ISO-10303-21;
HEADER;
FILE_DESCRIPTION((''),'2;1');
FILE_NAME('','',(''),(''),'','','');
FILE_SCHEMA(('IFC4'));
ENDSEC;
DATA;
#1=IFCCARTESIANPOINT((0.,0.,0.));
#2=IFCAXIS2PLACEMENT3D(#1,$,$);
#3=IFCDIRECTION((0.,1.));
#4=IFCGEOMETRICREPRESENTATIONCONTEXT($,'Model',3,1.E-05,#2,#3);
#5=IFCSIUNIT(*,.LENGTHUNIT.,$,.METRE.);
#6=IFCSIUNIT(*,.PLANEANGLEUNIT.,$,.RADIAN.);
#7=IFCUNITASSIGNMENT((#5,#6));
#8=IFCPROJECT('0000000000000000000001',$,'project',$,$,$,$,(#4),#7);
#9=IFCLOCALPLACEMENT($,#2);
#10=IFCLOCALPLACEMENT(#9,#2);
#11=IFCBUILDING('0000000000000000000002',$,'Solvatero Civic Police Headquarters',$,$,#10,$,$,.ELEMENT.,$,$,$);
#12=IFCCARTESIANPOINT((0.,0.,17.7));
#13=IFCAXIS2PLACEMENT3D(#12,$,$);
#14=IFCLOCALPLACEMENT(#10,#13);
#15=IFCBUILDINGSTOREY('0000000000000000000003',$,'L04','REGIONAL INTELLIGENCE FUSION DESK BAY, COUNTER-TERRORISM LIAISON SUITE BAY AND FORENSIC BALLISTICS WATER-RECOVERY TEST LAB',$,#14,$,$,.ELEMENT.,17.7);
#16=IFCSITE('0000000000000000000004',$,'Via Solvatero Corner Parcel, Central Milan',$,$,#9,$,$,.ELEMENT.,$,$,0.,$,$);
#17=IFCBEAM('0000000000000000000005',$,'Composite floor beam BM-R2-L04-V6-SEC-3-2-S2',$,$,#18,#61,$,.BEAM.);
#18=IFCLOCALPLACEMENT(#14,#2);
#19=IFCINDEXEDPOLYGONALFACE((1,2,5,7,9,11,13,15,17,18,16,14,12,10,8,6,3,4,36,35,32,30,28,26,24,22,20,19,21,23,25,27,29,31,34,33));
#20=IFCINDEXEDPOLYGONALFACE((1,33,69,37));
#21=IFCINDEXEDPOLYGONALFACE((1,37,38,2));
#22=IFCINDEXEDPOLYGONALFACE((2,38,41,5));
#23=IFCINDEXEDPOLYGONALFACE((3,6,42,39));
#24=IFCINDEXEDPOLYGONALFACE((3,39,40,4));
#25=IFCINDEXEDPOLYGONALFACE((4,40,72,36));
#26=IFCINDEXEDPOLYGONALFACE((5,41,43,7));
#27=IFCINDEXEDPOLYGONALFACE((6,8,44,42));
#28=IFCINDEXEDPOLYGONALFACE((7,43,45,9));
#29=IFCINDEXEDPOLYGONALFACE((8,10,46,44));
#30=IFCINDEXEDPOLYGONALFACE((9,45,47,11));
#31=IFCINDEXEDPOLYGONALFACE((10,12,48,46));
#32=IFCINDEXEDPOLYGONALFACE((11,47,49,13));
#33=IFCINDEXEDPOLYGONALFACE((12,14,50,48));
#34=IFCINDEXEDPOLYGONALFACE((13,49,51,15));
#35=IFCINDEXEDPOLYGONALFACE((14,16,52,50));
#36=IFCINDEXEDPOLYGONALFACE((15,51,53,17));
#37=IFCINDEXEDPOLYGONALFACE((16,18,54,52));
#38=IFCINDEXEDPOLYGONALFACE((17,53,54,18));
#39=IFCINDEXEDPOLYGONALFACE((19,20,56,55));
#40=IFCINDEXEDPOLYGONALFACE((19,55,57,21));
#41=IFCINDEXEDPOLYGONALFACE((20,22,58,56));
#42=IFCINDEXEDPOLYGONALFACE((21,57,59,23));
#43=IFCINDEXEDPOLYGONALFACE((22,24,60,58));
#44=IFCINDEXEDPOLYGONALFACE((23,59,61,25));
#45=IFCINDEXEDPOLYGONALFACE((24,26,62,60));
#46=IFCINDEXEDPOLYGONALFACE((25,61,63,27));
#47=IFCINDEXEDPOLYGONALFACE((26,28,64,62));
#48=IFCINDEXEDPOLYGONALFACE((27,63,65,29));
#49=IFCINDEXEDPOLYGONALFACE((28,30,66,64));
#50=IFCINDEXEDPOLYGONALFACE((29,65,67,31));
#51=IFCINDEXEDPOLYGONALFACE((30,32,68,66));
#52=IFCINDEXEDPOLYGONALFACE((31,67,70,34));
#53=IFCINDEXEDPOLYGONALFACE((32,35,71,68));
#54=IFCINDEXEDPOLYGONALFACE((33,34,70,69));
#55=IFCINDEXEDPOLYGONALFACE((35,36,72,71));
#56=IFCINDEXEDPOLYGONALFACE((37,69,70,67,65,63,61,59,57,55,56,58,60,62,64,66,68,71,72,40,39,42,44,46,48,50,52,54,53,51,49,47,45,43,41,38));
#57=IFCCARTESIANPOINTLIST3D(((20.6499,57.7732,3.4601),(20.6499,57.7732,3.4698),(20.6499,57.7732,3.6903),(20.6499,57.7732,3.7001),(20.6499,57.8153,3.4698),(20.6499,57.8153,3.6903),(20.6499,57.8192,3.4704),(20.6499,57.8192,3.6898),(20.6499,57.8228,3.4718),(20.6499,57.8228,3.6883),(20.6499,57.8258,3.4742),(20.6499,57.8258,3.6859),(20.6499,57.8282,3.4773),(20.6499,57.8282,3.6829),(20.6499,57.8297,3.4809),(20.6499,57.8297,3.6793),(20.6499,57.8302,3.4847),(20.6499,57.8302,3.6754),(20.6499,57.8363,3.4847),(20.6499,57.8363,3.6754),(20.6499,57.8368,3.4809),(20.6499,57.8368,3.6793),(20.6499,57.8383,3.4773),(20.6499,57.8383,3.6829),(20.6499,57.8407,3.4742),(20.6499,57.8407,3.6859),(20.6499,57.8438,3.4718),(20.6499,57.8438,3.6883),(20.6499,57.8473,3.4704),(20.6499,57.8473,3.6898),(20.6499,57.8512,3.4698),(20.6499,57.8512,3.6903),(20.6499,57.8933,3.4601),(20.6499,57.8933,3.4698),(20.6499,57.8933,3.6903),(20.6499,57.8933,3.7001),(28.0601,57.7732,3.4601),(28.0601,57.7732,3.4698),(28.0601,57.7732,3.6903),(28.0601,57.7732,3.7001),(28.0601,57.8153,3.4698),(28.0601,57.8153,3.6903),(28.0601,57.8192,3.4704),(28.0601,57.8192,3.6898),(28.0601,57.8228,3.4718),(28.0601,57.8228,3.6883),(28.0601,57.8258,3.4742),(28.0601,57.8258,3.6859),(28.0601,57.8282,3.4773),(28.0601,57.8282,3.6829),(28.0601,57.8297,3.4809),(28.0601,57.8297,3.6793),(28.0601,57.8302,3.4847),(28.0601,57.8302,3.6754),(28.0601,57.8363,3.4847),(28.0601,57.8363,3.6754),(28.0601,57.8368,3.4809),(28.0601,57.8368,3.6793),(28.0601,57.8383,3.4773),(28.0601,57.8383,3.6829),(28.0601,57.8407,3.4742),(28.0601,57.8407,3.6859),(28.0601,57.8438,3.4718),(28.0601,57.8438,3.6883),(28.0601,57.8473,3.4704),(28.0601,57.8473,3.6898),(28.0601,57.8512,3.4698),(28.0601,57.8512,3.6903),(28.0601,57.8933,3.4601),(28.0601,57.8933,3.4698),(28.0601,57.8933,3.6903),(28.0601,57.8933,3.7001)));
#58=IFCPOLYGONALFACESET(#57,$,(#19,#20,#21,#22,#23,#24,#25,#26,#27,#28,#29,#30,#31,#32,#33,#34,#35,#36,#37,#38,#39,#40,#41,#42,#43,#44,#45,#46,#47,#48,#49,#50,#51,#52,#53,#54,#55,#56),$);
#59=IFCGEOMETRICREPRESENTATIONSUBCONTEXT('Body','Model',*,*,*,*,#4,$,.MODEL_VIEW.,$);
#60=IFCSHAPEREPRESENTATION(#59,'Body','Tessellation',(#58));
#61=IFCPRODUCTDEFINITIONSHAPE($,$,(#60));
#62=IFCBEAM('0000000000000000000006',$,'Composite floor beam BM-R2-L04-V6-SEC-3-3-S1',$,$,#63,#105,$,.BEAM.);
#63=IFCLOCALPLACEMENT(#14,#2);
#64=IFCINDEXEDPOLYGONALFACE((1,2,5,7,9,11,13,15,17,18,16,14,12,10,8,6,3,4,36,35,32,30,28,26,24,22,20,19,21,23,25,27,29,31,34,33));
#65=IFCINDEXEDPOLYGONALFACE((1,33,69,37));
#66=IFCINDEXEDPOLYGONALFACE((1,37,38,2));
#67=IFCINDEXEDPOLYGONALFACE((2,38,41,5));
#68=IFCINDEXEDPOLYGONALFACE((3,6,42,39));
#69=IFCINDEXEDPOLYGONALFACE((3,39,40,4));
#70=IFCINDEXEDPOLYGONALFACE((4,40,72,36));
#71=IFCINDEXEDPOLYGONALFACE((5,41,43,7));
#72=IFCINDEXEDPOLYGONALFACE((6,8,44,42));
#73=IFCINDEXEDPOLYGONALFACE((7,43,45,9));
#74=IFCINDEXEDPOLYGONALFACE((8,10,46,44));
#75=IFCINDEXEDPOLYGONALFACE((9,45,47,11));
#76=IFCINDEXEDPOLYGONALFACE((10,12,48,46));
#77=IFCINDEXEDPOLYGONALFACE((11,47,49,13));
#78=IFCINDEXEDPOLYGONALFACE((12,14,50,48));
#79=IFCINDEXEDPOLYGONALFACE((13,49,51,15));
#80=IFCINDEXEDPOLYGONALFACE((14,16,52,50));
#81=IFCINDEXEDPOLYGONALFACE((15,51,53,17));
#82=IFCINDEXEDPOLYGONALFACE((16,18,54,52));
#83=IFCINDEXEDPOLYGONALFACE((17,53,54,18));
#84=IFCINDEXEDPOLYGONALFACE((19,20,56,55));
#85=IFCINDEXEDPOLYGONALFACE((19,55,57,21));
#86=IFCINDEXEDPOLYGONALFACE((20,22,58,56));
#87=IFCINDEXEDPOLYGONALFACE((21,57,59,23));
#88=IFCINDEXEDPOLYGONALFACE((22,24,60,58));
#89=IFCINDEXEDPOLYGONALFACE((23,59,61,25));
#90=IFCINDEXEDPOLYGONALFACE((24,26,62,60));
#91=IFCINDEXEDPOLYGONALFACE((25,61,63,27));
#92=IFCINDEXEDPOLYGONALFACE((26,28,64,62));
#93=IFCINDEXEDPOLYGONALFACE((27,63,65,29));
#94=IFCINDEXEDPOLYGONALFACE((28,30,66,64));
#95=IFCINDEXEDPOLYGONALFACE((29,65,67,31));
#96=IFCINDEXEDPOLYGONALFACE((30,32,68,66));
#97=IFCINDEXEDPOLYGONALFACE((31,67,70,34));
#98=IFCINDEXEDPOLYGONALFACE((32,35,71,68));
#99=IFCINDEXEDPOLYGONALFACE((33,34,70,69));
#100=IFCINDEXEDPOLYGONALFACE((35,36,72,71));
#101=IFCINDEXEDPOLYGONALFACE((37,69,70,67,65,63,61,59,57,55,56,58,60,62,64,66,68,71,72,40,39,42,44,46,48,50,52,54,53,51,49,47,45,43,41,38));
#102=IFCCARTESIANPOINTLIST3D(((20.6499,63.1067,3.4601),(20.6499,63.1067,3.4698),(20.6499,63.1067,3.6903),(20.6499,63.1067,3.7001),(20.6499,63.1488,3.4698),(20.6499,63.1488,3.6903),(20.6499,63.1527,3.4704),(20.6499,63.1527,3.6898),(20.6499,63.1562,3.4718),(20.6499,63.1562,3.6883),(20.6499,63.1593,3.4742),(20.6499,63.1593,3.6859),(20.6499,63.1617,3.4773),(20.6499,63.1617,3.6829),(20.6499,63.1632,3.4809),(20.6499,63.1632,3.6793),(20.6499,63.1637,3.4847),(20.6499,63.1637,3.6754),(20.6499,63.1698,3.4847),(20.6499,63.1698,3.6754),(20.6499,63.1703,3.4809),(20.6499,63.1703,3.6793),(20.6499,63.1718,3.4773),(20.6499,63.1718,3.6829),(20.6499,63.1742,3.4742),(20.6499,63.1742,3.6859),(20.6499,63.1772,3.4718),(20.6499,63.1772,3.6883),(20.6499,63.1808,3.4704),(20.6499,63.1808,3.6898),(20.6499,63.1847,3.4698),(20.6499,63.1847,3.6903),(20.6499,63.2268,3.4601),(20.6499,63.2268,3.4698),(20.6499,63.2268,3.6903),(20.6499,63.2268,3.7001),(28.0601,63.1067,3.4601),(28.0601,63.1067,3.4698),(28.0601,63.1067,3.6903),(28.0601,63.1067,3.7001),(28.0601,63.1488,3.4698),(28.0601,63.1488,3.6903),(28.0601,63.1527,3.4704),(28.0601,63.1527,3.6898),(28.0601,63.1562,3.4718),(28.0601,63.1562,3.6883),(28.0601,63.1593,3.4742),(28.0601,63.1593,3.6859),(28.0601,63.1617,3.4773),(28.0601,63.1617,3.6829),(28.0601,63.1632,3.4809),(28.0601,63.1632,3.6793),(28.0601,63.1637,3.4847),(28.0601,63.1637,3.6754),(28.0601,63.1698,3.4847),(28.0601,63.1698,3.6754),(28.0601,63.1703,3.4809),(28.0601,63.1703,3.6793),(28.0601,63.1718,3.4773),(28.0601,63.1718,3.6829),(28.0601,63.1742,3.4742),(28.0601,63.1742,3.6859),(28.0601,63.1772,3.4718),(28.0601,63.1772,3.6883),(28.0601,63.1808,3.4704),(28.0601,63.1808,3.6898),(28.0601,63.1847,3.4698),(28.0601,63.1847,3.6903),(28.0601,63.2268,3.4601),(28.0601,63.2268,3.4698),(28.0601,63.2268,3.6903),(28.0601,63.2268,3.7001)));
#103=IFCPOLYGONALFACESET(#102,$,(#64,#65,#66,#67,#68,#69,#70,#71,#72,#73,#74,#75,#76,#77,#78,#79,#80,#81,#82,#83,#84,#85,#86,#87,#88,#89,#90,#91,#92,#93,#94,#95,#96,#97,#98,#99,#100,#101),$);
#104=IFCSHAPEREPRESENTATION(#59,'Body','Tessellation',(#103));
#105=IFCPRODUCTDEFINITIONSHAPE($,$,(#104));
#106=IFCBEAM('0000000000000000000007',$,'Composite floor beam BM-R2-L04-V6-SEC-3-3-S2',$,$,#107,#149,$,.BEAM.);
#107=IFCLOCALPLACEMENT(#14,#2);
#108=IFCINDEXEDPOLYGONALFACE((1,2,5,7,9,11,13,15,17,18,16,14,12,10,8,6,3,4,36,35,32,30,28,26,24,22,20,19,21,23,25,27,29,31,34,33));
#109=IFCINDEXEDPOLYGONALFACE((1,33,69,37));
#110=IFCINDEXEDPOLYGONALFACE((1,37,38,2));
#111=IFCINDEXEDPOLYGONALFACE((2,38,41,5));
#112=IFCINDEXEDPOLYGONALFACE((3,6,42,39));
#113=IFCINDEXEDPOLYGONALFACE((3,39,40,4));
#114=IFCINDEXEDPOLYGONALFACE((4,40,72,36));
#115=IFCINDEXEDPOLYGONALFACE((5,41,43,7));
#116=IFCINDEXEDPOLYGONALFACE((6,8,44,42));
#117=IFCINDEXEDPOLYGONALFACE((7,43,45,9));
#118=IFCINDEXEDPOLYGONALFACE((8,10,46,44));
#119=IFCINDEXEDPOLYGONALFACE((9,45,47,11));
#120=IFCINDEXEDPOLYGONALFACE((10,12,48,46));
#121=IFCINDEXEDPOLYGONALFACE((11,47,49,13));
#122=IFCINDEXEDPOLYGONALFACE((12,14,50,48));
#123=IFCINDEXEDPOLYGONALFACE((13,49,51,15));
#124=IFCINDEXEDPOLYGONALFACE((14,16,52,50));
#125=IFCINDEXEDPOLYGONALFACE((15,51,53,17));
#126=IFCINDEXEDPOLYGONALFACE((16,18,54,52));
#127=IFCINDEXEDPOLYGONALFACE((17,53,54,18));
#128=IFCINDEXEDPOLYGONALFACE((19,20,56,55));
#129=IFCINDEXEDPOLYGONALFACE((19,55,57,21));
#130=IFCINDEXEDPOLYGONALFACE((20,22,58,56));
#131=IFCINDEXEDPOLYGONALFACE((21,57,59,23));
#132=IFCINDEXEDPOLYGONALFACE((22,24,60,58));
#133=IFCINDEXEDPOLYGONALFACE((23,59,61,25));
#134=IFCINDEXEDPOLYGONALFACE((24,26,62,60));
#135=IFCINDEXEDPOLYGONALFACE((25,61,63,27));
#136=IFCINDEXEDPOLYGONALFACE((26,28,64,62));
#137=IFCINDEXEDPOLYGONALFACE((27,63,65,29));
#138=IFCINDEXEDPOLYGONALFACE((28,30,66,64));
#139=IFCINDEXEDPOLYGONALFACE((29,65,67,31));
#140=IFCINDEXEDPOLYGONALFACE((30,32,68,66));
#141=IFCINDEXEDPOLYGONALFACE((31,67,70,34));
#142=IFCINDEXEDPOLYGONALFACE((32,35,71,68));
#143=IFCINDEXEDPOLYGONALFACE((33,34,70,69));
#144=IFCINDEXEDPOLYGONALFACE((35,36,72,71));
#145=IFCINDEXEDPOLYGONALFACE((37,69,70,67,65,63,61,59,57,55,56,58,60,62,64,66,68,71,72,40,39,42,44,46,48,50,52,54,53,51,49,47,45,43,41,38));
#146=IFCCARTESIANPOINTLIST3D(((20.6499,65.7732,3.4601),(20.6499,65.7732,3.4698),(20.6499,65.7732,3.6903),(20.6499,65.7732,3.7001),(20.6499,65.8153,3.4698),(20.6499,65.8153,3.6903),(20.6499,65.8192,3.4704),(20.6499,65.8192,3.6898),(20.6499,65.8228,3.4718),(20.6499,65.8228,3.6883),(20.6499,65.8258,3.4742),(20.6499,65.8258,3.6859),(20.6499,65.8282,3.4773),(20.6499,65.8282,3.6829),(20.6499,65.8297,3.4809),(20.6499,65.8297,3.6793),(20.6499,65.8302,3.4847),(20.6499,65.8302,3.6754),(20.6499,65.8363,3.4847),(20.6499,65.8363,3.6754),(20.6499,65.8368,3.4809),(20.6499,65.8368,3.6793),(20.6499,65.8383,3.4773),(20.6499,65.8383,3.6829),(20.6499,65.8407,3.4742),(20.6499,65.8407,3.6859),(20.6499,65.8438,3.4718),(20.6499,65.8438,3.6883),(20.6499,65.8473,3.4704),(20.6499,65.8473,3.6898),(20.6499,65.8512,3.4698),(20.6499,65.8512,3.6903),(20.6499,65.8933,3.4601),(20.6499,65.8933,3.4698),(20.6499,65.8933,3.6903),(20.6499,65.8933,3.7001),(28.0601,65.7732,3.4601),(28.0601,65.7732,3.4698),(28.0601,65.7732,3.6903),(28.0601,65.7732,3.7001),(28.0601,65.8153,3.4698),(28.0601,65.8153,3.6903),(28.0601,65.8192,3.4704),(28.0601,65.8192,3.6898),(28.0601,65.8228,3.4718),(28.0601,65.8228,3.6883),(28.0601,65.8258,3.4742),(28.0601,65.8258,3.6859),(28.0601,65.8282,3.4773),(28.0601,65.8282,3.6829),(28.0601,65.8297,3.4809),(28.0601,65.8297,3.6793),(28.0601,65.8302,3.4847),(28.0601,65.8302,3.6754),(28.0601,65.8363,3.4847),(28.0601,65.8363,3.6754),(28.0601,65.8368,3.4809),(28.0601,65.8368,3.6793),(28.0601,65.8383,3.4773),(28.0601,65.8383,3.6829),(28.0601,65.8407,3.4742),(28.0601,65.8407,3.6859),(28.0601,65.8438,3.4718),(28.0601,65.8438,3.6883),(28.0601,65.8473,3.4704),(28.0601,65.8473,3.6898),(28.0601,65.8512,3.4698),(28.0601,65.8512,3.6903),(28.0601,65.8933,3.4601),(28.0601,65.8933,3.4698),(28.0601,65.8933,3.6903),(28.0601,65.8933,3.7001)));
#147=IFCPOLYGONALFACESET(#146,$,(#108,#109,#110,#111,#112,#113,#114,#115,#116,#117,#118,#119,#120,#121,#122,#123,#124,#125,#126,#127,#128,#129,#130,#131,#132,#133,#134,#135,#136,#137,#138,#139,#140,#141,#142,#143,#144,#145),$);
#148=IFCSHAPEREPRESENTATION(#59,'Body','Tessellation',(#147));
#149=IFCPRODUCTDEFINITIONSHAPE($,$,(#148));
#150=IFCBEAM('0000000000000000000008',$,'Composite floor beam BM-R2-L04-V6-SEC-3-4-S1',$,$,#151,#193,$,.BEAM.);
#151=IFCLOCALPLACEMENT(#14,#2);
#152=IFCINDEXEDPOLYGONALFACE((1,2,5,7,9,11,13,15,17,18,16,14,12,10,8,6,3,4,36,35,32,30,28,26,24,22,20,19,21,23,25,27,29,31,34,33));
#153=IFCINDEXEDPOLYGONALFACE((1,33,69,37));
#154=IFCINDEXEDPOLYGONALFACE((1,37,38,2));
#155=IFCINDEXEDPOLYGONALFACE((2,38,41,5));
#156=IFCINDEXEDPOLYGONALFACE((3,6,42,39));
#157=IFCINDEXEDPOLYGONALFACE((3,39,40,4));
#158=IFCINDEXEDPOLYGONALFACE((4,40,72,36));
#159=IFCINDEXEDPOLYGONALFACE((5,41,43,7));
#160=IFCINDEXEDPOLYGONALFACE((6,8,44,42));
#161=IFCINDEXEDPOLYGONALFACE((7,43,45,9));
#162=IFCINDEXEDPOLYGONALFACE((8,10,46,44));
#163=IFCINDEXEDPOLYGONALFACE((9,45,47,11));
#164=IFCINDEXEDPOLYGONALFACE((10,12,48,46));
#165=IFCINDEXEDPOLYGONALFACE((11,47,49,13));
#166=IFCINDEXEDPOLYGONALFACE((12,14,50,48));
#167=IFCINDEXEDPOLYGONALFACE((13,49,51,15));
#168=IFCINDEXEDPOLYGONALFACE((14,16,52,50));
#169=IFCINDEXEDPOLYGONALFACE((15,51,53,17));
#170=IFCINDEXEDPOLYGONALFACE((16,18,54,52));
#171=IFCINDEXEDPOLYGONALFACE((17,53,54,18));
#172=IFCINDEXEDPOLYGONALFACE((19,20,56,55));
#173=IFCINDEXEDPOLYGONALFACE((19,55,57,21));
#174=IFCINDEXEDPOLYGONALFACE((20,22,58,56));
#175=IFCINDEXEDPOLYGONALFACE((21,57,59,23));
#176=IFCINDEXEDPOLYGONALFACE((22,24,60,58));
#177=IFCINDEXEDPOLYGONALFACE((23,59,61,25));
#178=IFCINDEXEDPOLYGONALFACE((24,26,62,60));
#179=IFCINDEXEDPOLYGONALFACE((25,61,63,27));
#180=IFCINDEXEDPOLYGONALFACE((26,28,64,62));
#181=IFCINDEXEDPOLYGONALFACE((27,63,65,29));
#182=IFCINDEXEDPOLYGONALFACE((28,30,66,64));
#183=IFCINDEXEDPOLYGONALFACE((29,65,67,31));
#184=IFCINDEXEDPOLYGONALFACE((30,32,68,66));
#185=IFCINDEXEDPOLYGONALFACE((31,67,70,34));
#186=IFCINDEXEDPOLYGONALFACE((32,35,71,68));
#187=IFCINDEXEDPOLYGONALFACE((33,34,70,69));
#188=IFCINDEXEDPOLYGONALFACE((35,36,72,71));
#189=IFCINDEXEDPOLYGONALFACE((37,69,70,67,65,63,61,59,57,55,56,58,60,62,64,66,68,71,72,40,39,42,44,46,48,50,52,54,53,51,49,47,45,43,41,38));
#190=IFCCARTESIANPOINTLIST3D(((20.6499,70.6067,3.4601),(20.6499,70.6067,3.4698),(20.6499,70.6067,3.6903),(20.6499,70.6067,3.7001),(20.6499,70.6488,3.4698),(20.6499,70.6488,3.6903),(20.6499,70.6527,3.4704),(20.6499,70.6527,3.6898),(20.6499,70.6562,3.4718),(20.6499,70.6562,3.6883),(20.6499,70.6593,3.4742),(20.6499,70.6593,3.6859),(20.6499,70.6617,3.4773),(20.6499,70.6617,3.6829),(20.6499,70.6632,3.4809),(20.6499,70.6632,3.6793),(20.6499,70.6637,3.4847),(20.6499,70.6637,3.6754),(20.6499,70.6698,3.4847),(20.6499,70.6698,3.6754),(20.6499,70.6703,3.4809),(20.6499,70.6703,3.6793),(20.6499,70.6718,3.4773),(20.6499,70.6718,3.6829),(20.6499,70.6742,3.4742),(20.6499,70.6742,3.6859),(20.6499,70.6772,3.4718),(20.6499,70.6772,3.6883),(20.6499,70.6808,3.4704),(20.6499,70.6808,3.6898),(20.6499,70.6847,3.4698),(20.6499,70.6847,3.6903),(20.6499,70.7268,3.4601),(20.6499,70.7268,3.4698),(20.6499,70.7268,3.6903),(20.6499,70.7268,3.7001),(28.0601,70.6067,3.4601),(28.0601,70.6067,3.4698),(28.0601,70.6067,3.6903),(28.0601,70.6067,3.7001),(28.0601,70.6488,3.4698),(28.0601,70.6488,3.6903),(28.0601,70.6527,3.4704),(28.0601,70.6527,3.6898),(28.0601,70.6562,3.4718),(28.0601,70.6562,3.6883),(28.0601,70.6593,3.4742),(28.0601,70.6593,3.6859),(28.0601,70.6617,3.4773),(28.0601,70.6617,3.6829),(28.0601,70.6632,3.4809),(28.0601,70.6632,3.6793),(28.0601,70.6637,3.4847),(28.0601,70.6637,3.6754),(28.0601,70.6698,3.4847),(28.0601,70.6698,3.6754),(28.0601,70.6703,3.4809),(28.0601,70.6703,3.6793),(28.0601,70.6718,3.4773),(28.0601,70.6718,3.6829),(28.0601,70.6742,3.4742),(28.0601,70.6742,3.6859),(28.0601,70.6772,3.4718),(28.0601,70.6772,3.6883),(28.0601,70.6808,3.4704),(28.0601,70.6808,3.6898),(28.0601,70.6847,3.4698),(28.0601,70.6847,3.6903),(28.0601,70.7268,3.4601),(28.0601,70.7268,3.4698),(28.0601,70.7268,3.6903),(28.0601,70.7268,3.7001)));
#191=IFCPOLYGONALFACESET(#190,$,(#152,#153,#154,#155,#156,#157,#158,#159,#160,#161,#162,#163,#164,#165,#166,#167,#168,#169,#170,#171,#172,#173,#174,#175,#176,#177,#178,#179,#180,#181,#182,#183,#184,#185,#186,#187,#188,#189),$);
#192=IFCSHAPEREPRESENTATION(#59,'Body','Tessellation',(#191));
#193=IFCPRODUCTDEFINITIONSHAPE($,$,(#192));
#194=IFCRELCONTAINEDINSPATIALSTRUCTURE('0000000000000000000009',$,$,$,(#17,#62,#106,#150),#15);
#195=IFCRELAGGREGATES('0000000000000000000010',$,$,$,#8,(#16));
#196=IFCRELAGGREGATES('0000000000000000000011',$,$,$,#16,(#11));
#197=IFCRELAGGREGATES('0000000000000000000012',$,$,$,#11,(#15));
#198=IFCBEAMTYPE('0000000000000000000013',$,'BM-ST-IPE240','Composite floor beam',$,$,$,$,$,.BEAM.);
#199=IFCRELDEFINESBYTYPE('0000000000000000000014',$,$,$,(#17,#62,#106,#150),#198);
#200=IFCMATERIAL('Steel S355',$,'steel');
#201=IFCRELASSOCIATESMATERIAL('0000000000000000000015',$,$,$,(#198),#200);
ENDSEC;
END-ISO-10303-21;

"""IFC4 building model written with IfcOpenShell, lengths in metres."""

from ifc_helpers import new_model, si_unit, direction, frame, origin, origin_2d, place, context, subcontext, project, spatial, i_section, extrude, material, material_profile, profile_set, type_object, element, save


model = new_model("IFC4")

# Units and contexts
model_context = context("Model", 3, precision=1e-05, world=origin(), true_north=direction((0.0, 1.0)))
body_context = subcontext(model_context, "Body", "Model", "MODEL_VIEW")
ifc_project = project(units=[si_unit("LENGTHUNIT", "METRE"), si_unit("PLANEANGLEUNIT", "RADIAN")], contexts=[model_context])

# Site, building, storey
site_placement = place(None, origin())
site = spatial("IfcSite", under=ifc_project, at=site_placement, Name="Via Solvatero Corner Parcel, Central Milan", CompositionType="ELEMENT", RefElevation=0.0)
building_placement = place(site_placement, origin())
building = spatial("IfcBuilding", under=site, at=building_placement, Name="Solvatero Civic Police Headquarters", CompositionType="ELEMENT")
storey_placement = place(building_placement, frame((0.0, 0.0, 17.7)))
storey = spatial("IfcBuildingStorey", under=building, at=storey_placement, Name="L04", Description="REGIONAL INTELLIGENCE FUSION DESK BAY, COUNTER-TERRORISM LIAISON SUITE BAY AND FORENSIC BALLISTICS WATER-RECOVERY TEST LAB", CompositionType="ELEMENT", Elevation=17.7)

# Shared definitions
ifc_material_1 = material(Name="Steel S355", Category="steel")

# Beams
ifc_material_profile_1 = material_profile(ifc_material_1, i_section(OverallWidth=0.1201, OverallDepth=0.24, WebThickness=0.0061, FlangeThickness=0.0098, FilletRadius=0.0149, at=origin_2d()), Name="IPE 240")
ifc_profile_set_1 = profile_set([ifc_material_profile_1], Name="Steel S355")
beam_type_1 = type_object("IfcBeamType", Name="BM-ST-IPE240", Description="Composite floor beam", PredefinedType="BEAM", material=ifc_profile_set_1)
for number, where, z_axis, x_axis, name in (
    (1, (20.6499, 57.8333, 3.5801), (1.0, 0.0, 0.0), (0.0, 1.0, 0.0), "Composite floor beam BM-R2-L04-V6-SEC-3-2-S2"),
    (2, (20.6499, 63.1667, 3.5801), (1.0, 0.0, 0.0), (0.0, 1.0, 0.0), "Composite floor beam BM-R2-L04-V6-SEC-3-3-S1"),
    (3, (20.6499, 65.8333, 3.5801), (1.0, 0.0, 0.0), (0.0, 1.0, 0.0), "Composite floor beam BM-R2-L04-V6-SEC-3-3-S2"),
    (4, (20.6499, 70.6667, 3.5801), (1.0, 0.0, 0.0), (0.0, 1.0, 0.0), "Composite floor beam BM-R2-L04-V6-SEC-3-4-S1"),
):
    element("IfcBeam", number, at=place(storey_placement, frame(where, z_axis=z_axis, x_axis=x_axis)), inside=storey, type_object=beam_type_1, Name=name, PredefinedType="BEAM", context=body_context, shape_type="SweptSolid", body=[
        extrude(i_section(OverallWidth=0.1201, OverallDepth=0.24, WebThickness=0.0061, FlangeThickness=0.0098, FilletRadius=0.0149, at=origin_2d()), origin(), (0.0, 0.0, 1.0), 7.4102),
    ])

save(model, "model.ifc")
